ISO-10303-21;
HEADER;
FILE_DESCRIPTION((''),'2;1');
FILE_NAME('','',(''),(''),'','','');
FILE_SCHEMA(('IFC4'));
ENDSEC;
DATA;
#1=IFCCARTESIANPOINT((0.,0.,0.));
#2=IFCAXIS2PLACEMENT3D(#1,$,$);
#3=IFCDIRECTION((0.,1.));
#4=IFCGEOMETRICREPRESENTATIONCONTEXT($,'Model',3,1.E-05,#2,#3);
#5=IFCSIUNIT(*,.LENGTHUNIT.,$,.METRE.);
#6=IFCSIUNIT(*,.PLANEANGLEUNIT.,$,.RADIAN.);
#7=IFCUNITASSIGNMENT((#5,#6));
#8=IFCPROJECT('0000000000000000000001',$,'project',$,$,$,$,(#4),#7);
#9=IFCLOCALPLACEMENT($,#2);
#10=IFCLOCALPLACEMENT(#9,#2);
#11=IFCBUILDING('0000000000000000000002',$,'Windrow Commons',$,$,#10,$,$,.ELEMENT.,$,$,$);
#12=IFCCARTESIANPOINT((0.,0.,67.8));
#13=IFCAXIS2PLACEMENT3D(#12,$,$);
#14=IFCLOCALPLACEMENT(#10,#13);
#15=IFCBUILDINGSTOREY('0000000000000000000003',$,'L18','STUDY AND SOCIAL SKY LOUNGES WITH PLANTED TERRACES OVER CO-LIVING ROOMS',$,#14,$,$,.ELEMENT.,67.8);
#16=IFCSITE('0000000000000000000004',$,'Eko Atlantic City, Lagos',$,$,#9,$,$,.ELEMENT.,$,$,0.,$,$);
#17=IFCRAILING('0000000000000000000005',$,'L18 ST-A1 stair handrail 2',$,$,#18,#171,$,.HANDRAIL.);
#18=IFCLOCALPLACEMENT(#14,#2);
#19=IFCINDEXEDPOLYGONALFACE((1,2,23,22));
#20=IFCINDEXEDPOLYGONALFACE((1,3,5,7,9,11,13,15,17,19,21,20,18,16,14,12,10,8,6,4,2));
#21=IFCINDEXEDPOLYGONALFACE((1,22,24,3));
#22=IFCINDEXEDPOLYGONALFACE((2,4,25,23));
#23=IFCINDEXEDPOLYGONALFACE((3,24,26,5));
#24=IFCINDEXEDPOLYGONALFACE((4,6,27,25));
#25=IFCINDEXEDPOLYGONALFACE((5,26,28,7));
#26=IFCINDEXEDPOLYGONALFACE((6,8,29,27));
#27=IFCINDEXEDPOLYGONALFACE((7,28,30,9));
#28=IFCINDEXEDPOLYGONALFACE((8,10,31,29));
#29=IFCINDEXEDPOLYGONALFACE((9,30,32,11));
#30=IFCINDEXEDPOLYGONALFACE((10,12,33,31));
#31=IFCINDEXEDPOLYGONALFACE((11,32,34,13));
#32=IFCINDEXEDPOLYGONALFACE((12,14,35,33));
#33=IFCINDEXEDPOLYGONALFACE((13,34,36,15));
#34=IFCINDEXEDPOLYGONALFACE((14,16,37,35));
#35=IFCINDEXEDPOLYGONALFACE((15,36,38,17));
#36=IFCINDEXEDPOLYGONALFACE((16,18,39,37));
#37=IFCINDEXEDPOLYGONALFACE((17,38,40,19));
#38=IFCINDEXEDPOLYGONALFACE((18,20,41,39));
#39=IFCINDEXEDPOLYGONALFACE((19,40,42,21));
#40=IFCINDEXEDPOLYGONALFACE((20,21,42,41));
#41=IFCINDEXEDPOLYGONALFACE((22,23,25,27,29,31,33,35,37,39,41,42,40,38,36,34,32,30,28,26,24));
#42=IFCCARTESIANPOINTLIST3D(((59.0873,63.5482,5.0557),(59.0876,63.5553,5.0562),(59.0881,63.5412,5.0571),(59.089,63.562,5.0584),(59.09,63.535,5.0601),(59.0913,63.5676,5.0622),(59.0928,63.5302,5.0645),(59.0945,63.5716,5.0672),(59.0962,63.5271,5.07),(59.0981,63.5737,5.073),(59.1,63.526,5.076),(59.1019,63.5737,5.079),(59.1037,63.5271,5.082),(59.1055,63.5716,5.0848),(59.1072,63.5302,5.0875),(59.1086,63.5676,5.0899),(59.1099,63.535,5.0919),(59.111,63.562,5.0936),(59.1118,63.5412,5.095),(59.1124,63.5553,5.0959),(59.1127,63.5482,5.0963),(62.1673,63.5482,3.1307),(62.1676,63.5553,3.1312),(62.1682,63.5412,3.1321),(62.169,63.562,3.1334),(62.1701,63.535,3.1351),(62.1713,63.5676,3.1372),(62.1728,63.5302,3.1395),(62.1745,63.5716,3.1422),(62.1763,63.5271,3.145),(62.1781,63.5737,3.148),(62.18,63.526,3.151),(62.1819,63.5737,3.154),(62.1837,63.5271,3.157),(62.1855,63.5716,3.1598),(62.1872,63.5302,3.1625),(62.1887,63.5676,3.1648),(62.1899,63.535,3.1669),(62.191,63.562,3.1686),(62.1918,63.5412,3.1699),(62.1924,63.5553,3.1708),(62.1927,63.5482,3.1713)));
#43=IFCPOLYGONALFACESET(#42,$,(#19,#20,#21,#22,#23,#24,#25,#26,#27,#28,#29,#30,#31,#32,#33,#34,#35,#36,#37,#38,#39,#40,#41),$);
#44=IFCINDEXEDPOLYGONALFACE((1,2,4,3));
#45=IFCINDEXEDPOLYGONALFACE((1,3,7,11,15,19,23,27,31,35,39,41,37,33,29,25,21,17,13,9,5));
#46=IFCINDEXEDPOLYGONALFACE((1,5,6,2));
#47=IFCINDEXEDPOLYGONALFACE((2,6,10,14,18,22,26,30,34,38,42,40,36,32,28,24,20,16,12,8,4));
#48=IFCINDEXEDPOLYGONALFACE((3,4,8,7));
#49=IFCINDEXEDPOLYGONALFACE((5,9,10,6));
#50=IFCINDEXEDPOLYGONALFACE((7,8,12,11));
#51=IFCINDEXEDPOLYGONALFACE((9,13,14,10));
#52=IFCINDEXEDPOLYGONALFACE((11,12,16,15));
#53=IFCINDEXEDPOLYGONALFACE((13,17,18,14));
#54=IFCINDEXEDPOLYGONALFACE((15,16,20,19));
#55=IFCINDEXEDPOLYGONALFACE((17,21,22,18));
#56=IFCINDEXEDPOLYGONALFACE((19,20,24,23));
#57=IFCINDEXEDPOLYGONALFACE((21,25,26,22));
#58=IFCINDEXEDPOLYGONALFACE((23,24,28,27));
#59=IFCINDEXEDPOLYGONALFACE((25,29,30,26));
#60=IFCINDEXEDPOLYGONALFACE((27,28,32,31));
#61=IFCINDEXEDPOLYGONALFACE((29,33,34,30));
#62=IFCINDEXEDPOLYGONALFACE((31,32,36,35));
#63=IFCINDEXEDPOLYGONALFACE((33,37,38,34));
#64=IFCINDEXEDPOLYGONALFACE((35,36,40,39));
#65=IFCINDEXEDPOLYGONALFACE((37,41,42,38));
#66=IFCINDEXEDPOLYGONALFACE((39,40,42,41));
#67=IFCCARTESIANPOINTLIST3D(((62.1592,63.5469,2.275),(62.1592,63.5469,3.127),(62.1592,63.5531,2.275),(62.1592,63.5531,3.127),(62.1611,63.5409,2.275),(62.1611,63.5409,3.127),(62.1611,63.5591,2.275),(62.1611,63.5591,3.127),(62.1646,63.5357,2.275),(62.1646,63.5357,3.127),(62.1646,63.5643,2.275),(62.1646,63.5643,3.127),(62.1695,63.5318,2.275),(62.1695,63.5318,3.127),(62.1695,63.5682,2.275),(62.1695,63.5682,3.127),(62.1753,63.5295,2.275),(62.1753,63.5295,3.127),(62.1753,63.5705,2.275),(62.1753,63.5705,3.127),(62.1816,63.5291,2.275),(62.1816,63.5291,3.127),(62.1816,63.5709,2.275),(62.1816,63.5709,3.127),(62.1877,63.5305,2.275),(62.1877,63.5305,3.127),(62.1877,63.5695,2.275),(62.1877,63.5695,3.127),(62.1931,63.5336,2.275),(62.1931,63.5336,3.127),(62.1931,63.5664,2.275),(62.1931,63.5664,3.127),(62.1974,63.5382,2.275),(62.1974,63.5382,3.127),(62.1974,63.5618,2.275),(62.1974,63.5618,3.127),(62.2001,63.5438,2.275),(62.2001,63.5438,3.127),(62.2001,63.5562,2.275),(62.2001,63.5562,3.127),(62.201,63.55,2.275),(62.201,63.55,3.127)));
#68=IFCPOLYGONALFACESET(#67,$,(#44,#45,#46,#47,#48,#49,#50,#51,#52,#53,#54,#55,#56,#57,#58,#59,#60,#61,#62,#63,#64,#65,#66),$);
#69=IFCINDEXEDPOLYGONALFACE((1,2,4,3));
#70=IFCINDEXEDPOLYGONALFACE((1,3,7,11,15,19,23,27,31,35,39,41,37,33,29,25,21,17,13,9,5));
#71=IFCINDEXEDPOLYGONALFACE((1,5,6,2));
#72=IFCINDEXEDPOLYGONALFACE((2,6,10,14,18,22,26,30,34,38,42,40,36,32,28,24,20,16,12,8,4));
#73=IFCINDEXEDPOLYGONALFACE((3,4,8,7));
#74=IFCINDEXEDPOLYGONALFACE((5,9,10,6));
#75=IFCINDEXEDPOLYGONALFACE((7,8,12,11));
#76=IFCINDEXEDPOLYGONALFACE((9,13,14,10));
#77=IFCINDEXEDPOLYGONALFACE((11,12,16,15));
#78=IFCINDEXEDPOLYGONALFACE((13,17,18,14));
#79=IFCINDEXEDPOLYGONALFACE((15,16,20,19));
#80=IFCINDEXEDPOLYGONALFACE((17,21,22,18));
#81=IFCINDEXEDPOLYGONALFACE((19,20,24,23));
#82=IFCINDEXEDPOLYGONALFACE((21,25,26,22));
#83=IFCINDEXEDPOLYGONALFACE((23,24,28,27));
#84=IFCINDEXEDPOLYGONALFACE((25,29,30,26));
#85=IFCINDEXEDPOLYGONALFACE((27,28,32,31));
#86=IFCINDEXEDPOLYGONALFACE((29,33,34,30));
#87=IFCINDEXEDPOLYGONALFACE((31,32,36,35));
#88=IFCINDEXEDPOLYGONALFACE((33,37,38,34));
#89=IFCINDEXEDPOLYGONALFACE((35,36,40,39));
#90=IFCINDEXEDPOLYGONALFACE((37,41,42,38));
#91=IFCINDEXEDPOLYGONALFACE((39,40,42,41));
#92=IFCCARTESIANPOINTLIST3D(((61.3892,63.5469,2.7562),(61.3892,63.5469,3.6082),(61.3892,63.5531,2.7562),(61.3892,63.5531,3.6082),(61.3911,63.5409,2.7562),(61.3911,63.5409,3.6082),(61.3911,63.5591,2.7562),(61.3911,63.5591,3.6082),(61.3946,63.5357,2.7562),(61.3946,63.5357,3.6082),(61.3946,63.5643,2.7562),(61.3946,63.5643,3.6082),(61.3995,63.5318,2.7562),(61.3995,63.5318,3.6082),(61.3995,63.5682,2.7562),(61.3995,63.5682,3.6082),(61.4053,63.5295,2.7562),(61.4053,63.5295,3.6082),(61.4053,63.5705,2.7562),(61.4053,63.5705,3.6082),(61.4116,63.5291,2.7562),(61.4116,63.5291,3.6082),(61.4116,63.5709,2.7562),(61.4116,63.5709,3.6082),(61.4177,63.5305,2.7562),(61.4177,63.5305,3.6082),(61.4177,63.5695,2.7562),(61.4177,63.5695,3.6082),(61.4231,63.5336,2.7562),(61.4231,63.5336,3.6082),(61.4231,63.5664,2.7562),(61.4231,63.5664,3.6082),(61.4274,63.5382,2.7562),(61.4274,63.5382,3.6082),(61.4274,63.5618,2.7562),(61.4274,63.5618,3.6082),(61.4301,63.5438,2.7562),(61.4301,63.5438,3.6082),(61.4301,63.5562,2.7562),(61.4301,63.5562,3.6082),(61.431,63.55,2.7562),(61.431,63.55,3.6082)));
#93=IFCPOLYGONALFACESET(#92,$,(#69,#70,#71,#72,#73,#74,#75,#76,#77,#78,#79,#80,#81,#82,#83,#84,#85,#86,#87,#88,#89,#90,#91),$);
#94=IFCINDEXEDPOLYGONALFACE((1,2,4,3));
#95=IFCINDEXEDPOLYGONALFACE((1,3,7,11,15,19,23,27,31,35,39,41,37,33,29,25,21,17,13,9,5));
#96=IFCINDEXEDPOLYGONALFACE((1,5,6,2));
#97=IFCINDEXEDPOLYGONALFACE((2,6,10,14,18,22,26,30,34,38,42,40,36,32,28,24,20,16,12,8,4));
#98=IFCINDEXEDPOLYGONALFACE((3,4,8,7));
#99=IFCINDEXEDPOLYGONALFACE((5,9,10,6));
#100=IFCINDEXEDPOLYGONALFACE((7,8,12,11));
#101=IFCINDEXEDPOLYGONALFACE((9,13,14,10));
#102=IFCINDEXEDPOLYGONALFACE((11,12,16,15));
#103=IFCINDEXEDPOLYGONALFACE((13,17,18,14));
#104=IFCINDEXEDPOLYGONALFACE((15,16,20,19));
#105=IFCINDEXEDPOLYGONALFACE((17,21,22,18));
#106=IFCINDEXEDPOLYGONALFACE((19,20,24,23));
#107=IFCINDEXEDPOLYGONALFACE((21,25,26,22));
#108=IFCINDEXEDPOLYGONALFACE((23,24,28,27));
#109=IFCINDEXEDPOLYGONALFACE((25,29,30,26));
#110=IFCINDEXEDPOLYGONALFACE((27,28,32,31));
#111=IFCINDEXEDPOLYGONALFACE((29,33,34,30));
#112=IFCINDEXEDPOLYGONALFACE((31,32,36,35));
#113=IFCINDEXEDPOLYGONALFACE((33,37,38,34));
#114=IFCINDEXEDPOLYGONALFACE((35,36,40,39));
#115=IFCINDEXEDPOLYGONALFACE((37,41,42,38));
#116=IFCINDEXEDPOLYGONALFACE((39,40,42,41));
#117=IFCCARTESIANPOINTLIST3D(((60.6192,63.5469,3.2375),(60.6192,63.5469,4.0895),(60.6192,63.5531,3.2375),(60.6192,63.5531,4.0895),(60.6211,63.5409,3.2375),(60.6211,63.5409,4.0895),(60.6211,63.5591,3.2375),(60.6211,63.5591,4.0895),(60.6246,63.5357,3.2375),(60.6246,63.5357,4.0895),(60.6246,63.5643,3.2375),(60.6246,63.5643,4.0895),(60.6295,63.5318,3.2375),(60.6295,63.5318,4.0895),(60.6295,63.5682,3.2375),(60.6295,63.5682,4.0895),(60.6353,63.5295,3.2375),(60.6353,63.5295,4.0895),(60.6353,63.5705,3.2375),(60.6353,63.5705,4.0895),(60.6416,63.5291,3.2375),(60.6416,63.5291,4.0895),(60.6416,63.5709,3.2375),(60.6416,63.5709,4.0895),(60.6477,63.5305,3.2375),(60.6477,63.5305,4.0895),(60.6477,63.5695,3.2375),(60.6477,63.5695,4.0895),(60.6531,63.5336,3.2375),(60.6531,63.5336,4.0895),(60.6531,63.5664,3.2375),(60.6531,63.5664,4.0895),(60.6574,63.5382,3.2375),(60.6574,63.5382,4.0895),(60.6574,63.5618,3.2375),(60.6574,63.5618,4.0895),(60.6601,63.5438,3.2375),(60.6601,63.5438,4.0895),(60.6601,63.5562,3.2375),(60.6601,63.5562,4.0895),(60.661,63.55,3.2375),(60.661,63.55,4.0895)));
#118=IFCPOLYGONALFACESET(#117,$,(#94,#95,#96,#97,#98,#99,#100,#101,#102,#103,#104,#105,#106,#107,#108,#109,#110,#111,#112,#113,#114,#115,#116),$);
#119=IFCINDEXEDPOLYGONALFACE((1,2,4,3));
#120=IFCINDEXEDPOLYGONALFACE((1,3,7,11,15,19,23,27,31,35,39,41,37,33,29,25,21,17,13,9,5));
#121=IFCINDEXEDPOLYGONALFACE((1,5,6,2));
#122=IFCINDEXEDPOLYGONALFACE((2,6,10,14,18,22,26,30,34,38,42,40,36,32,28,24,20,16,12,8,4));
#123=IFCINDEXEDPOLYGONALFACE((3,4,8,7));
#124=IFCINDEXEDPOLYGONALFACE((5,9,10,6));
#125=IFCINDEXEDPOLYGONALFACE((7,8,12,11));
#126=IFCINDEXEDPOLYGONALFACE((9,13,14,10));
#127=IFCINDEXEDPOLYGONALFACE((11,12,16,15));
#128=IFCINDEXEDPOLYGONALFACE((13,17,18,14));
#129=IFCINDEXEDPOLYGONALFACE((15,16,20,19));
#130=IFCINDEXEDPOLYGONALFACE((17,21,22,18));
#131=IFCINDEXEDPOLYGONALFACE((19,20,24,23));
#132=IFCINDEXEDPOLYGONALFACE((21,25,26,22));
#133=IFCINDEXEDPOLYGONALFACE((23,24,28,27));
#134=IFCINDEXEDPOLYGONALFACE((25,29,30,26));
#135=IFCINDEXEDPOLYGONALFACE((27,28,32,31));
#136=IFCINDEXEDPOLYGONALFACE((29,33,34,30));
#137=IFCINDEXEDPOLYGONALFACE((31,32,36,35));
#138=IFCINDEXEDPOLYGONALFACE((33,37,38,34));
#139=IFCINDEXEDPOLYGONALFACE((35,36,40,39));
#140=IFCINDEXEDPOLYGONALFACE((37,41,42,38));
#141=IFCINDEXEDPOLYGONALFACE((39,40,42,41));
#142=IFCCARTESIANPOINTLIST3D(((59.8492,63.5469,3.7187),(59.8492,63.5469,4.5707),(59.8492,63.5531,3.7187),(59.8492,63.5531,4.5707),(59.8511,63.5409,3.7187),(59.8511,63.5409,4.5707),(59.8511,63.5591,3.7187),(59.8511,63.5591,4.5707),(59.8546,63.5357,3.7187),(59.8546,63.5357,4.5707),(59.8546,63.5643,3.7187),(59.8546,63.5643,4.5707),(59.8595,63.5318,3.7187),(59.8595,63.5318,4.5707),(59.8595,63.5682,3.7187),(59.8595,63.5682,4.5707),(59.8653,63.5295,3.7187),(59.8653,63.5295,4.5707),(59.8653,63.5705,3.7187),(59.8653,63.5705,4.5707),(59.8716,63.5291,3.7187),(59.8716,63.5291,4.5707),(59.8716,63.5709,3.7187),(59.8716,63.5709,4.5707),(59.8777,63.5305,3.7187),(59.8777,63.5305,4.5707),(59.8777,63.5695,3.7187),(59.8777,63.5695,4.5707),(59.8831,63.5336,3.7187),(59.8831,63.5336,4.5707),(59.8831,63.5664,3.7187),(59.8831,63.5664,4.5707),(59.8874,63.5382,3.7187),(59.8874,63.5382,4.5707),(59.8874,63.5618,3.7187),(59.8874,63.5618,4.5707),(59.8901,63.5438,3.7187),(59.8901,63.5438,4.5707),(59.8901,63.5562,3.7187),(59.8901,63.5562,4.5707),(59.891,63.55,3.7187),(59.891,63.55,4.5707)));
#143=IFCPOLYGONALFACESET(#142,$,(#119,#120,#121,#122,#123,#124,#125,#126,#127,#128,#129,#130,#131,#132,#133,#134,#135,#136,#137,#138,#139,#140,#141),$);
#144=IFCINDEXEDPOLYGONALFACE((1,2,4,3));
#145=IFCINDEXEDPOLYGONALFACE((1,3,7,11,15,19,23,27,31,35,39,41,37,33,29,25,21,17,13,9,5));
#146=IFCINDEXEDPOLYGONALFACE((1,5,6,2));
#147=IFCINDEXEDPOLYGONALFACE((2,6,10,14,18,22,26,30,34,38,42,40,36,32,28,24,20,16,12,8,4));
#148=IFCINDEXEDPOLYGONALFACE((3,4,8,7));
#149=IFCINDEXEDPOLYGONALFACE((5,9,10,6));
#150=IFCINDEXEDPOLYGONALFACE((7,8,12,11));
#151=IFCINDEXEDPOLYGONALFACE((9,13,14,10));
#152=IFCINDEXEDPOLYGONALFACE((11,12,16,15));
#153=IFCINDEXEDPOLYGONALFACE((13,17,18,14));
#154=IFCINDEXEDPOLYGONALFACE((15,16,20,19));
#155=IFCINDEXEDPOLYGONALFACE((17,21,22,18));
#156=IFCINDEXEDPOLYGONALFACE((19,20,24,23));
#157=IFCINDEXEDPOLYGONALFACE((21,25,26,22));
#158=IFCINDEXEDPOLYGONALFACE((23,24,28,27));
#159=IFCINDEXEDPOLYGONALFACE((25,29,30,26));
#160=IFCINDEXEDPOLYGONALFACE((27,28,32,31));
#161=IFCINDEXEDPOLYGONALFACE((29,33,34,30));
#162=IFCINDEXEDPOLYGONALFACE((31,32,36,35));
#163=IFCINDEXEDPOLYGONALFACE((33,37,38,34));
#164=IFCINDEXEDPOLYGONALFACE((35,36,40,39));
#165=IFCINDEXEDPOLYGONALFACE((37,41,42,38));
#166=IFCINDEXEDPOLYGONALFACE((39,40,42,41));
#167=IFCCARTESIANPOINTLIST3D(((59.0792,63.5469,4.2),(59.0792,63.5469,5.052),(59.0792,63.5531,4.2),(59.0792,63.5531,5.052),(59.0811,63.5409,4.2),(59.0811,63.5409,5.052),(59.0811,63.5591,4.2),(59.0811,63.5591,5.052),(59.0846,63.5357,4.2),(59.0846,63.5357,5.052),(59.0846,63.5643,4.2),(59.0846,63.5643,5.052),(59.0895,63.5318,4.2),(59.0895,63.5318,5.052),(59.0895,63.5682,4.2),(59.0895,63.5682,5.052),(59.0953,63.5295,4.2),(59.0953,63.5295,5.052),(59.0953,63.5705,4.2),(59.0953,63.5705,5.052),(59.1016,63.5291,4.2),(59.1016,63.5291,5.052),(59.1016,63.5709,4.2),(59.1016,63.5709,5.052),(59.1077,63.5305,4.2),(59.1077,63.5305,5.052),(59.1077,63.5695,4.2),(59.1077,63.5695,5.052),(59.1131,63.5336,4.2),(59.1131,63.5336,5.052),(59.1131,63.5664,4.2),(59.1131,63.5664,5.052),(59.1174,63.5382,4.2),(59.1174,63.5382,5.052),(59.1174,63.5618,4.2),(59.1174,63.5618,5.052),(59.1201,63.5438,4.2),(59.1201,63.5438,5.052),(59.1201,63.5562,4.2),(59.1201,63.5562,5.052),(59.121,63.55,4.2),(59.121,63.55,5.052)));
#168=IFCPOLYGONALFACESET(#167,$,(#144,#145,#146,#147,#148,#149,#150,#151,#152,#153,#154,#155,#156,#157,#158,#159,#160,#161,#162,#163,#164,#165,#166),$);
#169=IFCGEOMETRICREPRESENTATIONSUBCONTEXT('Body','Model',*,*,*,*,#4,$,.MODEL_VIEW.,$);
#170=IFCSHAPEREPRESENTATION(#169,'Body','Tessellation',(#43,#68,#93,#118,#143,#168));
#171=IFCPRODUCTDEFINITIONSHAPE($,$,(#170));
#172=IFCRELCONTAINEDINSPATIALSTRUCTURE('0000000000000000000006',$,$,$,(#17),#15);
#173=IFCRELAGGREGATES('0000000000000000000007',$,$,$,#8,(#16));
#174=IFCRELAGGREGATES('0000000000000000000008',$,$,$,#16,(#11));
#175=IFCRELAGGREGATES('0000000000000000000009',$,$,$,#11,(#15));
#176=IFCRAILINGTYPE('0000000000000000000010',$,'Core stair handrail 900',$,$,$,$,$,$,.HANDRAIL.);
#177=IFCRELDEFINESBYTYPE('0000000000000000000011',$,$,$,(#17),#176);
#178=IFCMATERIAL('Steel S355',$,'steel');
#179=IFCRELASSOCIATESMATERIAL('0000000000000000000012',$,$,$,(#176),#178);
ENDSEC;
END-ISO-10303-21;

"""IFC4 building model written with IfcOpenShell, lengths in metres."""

from ifc_helpers import new_model, si_unit, direction, frame, origin, origin_2d, place, context, subcontext, project, spatial, circle, extrude, material, type_object, element, save


model = new_model("IFC4")

# Units and contexts
model_context = context("Model", 3, precision=1e-05, world=origin(), true_north=direction((0.0, 1.0)))
body_context = subcontext(model_context, "Body", "Model", "MODEL_VIEW")
ifc_project = project(units=[si_unit("LENGTHUNIT", "METRE"), si_unit("PLANEANGLEUNIT", "RADIAN")], contexts=[model_context])

# Site, building, storey
site_placement = place(None, origin())
site = spatial("IfcSite", under=ifc_project, at=site_placement, Name="Eko Atlantic City, Lagos", CompositionType="ELEMENT", RefElevation=0.0)
building_placement = place(site_placement, origin())
building = spatial("IfcBuilding", under=site, at=building_placement, Name="Windrow Commons", CompositionType="ELEMENT")
storey_placement = place(building_placement, frame((0.0, 0.0, 67.8)))
storey = spatial("IfcBuildingStorey", under=building, at=storey_placement, Name="L18", Description="STUDY AND SOCIAL SKY LOUNGES WITH PLANTED TERRACES OVER CO-LIVING ROOMS", CompositionType="ELEMENT", Elevation=67.8)

# Railing
ifc_material_1 = material(Name="Steel S355", Category="steel")
railing_type_1 = type_object("IfcRailingType", Name="Core stair handrail 900", PredefinedType="HANDRAIL", material=ifc_material_1)
railing_1_placement = place(storey_placement, frame((62.18, 63.55, 2.275)))
element("IfcRailing", 1, at=railing_1_placement, inside=storey, type_object=railing_type_1, Name="L18 ST-A1 stair handrail 2", PredefinedType="HANDRAIL", context=body_context, shape_type="SweptSolid", body=[
    extrude(circle(Radius=0.024, at=origin_2d()), frame((0.0, 0.0, 0.876), z_axis=(-0.847998, 0.0, 0.529999), x_axis=(0.0, -1.0, 0.0)), (0.0, 0.0, 1.0), 3.6321),
    extrude(circle(Radius=0.021, at=origin_2d()), origin(), (0.0, 0.0, 1.0), 0.852),
    extrude(circle(Radius=0.021, at=origin_2d()), frame((-0.77, 0.0, 0.4812)), (0.0, 0.0, 1.0), 0.852),
    extrude(circle(Radius=0.021, at=origin_2d()), frame((-1.54, 0.0, 0.9625)), (0.0, 0.0, 1.0), 0.852),
    extrude(circle(Radius=0.021, at=origin_2d()), frame((-2.31, 0.0, 1.4437)), (0.0, 0.0, 1.0), 0.852),
    extrude(circle(Radius=0.021, at=origin_2d()), frame((-3.08, 0.0, 1.925)), (0.0, 0.0, 1.0), 0.852),
])

save(model, "model.ifc")
